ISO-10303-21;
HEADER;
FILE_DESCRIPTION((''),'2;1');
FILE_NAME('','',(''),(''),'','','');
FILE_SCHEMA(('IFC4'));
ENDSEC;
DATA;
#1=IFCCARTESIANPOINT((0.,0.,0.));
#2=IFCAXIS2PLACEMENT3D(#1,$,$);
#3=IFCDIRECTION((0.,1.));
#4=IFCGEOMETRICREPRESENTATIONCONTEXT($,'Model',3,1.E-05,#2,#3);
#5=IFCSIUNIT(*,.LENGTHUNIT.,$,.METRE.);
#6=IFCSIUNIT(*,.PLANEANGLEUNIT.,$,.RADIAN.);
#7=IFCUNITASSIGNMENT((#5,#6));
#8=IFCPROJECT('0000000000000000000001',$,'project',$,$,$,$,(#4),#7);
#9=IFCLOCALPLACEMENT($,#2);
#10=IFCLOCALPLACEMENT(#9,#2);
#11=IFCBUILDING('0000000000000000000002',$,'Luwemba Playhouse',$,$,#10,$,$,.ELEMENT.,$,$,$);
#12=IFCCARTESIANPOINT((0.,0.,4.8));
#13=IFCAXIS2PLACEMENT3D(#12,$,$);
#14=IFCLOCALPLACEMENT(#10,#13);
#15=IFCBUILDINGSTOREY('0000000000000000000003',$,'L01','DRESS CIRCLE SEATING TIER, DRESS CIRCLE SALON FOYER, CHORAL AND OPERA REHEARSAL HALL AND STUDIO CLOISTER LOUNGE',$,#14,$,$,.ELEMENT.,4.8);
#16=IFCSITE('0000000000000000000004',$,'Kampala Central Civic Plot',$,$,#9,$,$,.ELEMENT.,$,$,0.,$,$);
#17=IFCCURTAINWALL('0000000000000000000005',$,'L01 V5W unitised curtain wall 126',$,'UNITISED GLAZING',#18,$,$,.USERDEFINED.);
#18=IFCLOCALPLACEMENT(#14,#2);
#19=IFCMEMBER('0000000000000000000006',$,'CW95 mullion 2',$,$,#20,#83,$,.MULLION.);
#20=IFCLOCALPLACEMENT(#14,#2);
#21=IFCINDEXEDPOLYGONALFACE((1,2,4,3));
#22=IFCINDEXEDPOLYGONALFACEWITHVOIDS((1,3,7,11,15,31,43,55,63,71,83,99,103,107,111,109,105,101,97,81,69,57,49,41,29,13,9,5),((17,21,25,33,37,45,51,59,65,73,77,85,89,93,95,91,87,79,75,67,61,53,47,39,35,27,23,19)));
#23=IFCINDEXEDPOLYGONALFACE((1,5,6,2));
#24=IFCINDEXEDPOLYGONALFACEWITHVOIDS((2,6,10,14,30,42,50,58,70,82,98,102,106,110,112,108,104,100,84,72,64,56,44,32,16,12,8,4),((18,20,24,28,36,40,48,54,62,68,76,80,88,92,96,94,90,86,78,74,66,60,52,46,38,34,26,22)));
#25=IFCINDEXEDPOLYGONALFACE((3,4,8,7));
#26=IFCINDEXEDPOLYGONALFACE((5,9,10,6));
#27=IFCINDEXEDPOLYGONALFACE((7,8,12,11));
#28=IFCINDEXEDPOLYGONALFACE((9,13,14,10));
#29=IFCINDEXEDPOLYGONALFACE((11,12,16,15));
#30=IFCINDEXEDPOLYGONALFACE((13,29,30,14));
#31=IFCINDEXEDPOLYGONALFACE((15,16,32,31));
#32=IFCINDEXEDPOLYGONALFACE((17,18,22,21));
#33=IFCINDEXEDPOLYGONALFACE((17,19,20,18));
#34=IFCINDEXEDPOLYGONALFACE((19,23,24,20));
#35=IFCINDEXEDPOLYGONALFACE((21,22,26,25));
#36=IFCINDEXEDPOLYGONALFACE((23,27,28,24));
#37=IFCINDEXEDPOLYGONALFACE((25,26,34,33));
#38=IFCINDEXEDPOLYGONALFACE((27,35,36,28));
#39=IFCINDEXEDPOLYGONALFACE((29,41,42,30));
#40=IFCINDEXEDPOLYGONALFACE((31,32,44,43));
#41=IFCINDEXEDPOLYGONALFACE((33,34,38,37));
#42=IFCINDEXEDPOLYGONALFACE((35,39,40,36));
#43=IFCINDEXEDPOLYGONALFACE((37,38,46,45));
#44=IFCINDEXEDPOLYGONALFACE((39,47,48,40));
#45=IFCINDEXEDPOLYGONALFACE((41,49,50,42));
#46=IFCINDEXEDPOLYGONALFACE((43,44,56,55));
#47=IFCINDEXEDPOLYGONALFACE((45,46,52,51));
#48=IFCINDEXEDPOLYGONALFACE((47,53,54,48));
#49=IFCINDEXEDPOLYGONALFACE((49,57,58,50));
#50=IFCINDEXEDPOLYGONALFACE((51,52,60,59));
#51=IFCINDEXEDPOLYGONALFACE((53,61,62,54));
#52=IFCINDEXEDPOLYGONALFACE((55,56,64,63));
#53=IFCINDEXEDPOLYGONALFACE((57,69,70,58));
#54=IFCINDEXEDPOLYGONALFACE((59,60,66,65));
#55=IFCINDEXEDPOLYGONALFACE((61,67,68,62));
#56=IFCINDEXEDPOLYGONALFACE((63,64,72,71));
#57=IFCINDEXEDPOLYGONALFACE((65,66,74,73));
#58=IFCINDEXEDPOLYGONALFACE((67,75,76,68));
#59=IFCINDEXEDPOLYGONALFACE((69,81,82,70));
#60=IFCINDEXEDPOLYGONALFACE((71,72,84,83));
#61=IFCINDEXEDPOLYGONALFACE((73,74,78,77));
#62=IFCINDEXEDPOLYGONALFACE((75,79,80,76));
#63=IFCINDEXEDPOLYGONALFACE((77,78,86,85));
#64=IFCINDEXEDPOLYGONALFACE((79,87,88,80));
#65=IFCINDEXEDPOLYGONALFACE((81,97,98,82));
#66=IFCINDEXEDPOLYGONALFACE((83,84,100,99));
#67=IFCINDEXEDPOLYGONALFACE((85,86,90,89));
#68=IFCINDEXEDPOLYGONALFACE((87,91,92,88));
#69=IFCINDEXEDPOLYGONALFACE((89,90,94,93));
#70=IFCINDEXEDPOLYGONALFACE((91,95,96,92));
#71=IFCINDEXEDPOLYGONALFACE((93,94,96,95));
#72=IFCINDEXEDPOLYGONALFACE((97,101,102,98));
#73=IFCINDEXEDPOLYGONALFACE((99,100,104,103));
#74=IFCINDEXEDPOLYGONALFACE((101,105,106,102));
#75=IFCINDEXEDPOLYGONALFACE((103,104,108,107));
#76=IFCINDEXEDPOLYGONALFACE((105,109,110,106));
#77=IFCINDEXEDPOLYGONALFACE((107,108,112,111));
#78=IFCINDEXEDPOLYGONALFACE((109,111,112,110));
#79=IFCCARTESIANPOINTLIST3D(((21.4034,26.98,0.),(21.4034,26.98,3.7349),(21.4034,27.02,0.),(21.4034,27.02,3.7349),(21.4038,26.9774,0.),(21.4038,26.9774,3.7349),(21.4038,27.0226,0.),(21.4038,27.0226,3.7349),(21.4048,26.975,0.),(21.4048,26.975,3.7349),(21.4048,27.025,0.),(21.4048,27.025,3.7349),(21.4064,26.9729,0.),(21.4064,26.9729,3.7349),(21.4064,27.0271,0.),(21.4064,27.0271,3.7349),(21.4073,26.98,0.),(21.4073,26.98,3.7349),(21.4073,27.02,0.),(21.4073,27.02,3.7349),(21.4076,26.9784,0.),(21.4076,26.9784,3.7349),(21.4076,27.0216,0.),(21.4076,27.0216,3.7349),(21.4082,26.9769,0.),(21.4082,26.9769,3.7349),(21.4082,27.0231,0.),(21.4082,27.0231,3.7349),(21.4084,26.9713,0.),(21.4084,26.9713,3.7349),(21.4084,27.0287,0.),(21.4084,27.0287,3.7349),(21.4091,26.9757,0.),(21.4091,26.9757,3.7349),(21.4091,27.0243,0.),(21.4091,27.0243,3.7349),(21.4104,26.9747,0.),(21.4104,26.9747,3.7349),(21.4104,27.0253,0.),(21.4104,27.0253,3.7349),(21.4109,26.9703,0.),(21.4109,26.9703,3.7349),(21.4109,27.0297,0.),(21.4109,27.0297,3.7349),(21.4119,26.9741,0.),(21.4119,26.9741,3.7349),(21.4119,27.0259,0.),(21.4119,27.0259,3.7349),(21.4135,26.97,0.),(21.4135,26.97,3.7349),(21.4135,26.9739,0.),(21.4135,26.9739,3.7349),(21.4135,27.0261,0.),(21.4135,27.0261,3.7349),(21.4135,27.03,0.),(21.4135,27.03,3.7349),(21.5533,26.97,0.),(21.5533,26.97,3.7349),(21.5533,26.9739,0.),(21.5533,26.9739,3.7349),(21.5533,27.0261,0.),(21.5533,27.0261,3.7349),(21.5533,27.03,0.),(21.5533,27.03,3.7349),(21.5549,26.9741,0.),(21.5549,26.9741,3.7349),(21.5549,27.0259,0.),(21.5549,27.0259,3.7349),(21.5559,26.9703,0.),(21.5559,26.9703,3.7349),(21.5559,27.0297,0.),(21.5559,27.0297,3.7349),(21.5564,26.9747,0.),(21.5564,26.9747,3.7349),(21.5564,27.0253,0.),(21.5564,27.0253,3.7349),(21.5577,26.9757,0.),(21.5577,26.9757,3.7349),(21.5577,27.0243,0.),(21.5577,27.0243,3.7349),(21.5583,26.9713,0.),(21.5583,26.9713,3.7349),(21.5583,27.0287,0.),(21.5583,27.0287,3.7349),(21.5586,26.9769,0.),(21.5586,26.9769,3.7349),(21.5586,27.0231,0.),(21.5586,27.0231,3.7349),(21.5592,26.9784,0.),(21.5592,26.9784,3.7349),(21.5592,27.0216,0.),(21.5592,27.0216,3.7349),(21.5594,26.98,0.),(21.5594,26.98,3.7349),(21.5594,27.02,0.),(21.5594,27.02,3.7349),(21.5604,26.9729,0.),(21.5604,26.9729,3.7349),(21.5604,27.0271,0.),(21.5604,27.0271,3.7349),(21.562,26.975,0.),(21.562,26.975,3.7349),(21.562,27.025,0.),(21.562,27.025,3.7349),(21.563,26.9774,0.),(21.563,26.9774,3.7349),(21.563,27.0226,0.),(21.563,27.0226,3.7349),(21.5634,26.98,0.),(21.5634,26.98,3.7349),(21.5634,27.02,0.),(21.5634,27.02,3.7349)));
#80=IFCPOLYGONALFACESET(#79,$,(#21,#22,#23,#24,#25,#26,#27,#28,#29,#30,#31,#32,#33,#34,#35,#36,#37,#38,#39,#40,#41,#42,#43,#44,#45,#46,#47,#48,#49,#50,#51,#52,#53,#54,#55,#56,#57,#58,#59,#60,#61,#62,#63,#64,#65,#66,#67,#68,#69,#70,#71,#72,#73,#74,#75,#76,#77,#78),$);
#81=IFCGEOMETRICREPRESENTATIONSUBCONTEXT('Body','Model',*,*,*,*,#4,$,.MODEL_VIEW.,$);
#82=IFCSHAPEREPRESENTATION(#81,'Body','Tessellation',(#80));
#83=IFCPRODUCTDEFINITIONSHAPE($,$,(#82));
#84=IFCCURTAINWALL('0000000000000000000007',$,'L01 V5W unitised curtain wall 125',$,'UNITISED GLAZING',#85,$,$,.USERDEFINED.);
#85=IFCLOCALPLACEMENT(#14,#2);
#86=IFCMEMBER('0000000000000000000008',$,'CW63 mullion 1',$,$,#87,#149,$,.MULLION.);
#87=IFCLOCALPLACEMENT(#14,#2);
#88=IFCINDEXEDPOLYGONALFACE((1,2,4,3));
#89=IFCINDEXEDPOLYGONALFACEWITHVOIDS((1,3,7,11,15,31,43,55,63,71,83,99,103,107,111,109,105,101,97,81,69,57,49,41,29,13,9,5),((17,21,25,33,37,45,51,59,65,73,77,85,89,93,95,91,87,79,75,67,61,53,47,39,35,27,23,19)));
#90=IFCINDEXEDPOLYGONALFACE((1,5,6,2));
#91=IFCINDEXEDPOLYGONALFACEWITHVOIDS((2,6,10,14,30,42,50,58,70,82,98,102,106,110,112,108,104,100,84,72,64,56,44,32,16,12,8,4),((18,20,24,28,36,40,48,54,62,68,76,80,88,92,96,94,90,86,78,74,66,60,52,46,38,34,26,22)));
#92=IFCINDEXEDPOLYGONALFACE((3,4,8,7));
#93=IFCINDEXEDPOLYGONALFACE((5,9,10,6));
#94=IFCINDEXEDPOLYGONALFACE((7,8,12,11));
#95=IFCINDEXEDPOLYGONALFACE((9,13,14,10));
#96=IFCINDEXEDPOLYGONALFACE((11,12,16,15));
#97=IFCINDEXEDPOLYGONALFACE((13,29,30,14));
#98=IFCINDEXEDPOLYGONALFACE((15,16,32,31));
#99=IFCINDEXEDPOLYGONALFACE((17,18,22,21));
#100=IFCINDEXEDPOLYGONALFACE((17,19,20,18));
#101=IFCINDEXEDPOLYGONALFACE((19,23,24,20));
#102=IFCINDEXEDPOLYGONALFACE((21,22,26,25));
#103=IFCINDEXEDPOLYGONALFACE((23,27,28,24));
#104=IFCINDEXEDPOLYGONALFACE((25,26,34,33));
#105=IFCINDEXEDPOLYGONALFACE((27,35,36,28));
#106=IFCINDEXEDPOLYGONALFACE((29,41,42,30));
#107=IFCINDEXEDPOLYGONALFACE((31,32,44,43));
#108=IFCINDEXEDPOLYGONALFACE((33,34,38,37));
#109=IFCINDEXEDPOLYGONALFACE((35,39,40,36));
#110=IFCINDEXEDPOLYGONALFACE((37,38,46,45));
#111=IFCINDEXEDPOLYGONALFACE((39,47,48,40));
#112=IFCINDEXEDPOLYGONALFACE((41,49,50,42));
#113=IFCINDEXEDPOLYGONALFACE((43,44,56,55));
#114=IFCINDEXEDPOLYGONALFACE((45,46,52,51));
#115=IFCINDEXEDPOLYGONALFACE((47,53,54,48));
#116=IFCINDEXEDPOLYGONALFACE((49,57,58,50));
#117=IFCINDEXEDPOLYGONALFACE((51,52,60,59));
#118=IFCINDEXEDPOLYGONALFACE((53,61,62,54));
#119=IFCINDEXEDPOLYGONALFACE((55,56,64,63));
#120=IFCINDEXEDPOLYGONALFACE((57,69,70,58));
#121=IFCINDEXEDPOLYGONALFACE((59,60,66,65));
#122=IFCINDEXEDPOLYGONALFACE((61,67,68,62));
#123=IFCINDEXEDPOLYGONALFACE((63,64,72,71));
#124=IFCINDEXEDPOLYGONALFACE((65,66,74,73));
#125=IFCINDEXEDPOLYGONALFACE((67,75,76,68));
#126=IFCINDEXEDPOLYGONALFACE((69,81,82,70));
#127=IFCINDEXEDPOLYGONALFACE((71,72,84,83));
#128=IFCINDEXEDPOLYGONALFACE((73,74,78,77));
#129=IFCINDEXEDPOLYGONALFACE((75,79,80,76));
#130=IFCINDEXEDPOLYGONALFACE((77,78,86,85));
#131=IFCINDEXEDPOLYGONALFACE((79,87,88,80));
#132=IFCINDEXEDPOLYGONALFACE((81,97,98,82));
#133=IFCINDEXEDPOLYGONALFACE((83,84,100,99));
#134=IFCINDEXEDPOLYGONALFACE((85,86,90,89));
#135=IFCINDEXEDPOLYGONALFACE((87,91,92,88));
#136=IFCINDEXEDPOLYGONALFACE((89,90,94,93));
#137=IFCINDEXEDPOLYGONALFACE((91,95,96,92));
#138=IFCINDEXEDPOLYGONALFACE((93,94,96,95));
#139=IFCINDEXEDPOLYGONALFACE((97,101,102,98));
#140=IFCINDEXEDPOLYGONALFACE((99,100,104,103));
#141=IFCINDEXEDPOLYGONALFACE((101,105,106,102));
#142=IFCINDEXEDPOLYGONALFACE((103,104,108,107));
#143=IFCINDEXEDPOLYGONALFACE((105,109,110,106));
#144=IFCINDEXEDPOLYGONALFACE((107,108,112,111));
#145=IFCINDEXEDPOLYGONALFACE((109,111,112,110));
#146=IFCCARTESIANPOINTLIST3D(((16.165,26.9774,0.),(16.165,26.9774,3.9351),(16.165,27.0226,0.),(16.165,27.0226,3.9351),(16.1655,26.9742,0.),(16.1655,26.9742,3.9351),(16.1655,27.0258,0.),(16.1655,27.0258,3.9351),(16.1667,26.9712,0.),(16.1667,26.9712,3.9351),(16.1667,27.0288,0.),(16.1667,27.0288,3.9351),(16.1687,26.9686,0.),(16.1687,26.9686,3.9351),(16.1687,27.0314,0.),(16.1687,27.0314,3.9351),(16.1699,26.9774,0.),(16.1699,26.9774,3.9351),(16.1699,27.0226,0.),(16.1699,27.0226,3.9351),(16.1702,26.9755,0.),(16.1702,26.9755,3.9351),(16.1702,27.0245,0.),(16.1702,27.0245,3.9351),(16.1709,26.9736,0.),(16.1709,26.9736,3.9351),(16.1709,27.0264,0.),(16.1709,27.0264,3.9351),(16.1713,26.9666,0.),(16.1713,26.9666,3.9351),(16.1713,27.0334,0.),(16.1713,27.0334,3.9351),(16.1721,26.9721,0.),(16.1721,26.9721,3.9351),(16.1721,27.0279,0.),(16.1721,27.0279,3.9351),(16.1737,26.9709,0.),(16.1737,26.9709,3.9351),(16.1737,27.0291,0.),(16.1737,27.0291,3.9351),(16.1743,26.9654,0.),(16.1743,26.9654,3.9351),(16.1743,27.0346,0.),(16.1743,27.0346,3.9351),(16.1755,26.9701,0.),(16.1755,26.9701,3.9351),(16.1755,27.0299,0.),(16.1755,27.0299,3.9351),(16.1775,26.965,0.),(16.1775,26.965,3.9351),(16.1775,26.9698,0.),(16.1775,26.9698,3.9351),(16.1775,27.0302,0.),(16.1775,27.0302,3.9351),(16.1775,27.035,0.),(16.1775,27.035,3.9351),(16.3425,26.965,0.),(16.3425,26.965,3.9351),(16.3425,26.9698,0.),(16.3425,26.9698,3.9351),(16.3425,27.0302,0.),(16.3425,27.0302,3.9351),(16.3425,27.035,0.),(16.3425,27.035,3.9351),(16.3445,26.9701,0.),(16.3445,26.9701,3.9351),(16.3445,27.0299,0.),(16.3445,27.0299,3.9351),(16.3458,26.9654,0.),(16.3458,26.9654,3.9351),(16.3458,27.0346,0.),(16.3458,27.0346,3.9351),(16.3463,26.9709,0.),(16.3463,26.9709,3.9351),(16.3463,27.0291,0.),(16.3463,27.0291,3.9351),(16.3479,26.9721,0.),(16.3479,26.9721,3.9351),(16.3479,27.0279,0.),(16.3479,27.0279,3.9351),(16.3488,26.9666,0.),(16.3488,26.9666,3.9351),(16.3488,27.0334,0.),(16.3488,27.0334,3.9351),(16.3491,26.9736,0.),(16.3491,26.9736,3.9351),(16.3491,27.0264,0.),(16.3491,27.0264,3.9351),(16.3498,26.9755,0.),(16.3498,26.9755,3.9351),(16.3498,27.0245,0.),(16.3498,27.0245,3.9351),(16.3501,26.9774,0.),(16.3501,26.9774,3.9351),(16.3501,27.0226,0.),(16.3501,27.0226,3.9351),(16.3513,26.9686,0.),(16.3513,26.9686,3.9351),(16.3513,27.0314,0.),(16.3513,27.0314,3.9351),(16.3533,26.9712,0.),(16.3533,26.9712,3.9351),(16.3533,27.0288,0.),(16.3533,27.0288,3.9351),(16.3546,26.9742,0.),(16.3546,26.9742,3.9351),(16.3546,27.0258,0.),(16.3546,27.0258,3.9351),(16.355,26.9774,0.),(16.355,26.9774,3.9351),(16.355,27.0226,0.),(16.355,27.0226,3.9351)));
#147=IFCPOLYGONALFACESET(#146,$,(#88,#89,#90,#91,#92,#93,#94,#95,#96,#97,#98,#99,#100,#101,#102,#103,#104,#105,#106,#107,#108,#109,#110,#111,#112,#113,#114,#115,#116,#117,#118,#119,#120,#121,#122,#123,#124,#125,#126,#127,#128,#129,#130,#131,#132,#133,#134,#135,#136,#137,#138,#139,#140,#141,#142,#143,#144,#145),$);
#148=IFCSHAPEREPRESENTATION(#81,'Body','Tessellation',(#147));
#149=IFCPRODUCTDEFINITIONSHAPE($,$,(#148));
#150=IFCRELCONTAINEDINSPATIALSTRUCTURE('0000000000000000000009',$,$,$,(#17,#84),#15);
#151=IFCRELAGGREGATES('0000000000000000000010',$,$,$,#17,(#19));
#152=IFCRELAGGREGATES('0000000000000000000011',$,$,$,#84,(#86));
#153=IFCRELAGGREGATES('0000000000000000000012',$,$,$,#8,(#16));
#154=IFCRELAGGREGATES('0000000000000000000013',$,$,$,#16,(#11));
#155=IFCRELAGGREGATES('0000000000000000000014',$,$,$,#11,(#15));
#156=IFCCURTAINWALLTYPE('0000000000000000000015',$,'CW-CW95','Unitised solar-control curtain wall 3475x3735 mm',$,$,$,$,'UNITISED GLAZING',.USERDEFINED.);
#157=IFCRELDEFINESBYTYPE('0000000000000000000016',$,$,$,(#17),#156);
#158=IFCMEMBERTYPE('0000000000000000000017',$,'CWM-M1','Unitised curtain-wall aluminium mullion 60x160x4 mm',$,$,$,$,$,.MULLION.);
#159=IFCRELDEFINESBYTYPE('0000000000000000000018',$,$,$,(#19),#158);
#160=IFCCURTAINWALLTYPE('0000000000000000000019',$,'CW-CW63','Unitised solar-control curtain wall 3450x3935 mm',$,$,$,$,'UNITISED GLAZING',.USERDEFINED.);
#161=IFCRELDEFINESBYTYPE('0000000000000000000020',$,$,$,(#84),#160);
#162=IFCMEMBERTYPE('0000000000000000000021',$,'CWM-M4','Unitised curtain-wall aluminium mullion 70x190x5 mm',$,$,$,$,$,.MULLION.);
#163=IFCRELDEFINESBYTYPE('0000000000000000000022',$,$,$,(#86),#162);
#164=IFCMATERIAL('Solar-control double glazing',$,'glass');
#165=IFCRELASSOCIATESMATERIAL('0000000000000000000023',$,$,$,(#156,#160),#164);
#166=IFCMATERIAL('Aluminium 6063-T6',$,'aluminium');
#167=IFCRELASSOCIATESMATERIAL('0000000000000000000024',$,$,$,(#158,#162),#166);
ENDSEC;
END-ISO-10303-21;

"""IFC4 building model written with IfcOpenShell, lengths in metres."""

from ifc_helpers import new_model, si_unit, direction, frame, origin, origin_2d, place, context, subcontext, project, spatial, hollow_rectangle, extrude, material, material_profile, profile_set, type_object, element, aggregate, save


model = new_model("IFC4")

# Units and contexts
model_context = context("Model", 3, precision=1e-05, world=origin(), true_north=direction((0.0, 1.0)))
body_context = subcontext(model_context, "Body", "Model", "MODEL_VIEW")
ifc_project = project(units=[si_unit("LENGTHUNIT", "METRE"), si_unit("PLANEANGLEUNIT", "RADIAN")], contexts=[model_context])

# Site, building, storey
site_placement = place(None, origin())
site = spatial("IfcSite", under=ifc_project, at=site_placement, Name="Kampala Central Civic Plot", CompositionType="ELEMENT", RefElevation=0.0)
building_placement = place(site_placement, origin())
building = spatial("IfcBuilding", under=site, at=building_placement, Name="Luwemba Playhouse", CompositionType="ELEMENT")
storey_placement = place(building_placement, frame((0.0, 0.0, 4.8)))
storey = spatial("IfcBuildingStorey", under=building, at=storey_placement, Name="L01", Description="DRESS CIRCLE SEATING TIER, DRESS CIRCLE SALON FOYER, CHORAL AND OPERA REHEARSAL HALL AND STUDIO CLOISTER LOUNGE", CompositionType="ELEMENT", Elevation=4.8)

# Curtain walls, members
ifc_material_1 = material(Name="Solar-control double glazing", Category="glass")
curtain_wall_type_1 = type_object("IfcCurtainWallType", Name="CW-CW95", Description="Unitised solar-control curtain wall 3475x3735 mm", ElementType="UNITISED GLAZING", PredefinedType="USERDEFINED", material=ifc_material_1)
curtain_wall_1_placement = place(storey_placement, origin())
curtain_wall_1 = element("IfcCurtainWall", 1, at=curtain_wall_1_placement, inside=storey, type_object=curtain_wall_type_1, Name="L01 V5W unitised curtain wall 126", ObjectType="UNITISED GLAZING", PredefinedType="USERDEFINED")
ifc_material_2 = material(Name="Aluminium 6063-T6", Category="aluminium")
ifc_material_profile_1 = material_profile(ifc_material_2, hollow_rectangle(XDim=0.0601, YDim=0.1599, WallThickness=0.0039, InnerFilletRadius=0.0061, OuterFilletRadius=0.01, at=origin_2d()))
ifc_profile_set_1 = profile_set([ifc_material_profile_1], Name="Aluminium 6063-T6")
member_type_1 = type_object("IfcMemberType", Name="CWM-M1", Description="Unitised curtain-wall aluminium mullion 60x160x4 mm", PredefinedType="MULLION", material=ifc_profile_set_1)
member_1_placement = place(storey_placement, frame((21.4834, 27.0, 0.0), z_axis=(0.0, 0.0, 1.0), x_axis=(0.0, 1.0, 0.0)))
member_1 = element("IfcMember", 2, at=member_1_placement, type_object=member_type_1, Name="CW95 mullion 2", PredefinedType="MULLION", context=body_context, shape_type="SweptSolid", body=[
    extrude(hollow_rectangle(XDim=0.0601, YDim=0.1599, WallThickness=0.0039, InnerFilletRadius=0.0061, OuterFilletRadius=0.01, at=origin_2d()), origin(), (0.0, 0.0, 1.0), 3.7349),
])
curtain_wall_type_2 = type_object("IfcCurtainWallType", Name="CW-CW63", Description="Unitised solar-control curtain wall 3450x3935 mm", ElementType="UNITISED GLAZING", PredefinedType="USERDEFINED", material=ifc_material_1)
curtain_wall_2_placement = place(storey_placement, origin())
curtain_wall_2 = element("IfcCurtainWall", 3, at=curtain_wall_2_placement, inside=storey, type_object=curtain_wall_type_2, Name="L01 V5W unitised curtain wall 125", ObjectType="UNITISED GLAZING", PredefinedType="USERDEFINED")
ifc_material_profile_2 = material_profile(ifc_material_2, hollow_rectangle(XDim=0.0701, YDim=0.1899, WallThickness=0.0049, InnerFilletRadius=0.0076, OuterFilletRadius=0.0125, at=origin_2d()))
ifc_profile_set_2 = profile_set([ifc_material_profile_2], Name="Aluminium 6063-T6")
member_type_2 = type_object("IfcMemberType", Name="CWM-M4", Description="Unitised curtain-wall aluminium mullion 70x190x5 mm", PredefinedType="MULLION", material=ifc_profile_set_2)
member_2_placement = place(storey_placement, frame((16.26, 27.0, 0.0), z_axis=(0.0, 0.0, 1.0), x_axis=(0.0, 1.0, 0.0)))
member_2 = element("IfcMember", 4, at=member_2_placement, type_object=member_type_2, Name="CW63 mullion 1", PredefinedType="MULLION", context=body_context, shape_type="SweptSolid", body=[
    extrude(hollow_rectangle(XDim=0.0701, YDim=0.1899, WallThickness=0.0049, InnerFilletRadius=0.0076, OuterFilletRadius=0.0125, at=origin_2d()), origin(), (0.0, 0.0, 1.0), 3.9351),
])

aggregate(curtain_wall_1, [member_1])
aggregate(curtain_wall_2, [member_2])

save(model, "model.ifc")
